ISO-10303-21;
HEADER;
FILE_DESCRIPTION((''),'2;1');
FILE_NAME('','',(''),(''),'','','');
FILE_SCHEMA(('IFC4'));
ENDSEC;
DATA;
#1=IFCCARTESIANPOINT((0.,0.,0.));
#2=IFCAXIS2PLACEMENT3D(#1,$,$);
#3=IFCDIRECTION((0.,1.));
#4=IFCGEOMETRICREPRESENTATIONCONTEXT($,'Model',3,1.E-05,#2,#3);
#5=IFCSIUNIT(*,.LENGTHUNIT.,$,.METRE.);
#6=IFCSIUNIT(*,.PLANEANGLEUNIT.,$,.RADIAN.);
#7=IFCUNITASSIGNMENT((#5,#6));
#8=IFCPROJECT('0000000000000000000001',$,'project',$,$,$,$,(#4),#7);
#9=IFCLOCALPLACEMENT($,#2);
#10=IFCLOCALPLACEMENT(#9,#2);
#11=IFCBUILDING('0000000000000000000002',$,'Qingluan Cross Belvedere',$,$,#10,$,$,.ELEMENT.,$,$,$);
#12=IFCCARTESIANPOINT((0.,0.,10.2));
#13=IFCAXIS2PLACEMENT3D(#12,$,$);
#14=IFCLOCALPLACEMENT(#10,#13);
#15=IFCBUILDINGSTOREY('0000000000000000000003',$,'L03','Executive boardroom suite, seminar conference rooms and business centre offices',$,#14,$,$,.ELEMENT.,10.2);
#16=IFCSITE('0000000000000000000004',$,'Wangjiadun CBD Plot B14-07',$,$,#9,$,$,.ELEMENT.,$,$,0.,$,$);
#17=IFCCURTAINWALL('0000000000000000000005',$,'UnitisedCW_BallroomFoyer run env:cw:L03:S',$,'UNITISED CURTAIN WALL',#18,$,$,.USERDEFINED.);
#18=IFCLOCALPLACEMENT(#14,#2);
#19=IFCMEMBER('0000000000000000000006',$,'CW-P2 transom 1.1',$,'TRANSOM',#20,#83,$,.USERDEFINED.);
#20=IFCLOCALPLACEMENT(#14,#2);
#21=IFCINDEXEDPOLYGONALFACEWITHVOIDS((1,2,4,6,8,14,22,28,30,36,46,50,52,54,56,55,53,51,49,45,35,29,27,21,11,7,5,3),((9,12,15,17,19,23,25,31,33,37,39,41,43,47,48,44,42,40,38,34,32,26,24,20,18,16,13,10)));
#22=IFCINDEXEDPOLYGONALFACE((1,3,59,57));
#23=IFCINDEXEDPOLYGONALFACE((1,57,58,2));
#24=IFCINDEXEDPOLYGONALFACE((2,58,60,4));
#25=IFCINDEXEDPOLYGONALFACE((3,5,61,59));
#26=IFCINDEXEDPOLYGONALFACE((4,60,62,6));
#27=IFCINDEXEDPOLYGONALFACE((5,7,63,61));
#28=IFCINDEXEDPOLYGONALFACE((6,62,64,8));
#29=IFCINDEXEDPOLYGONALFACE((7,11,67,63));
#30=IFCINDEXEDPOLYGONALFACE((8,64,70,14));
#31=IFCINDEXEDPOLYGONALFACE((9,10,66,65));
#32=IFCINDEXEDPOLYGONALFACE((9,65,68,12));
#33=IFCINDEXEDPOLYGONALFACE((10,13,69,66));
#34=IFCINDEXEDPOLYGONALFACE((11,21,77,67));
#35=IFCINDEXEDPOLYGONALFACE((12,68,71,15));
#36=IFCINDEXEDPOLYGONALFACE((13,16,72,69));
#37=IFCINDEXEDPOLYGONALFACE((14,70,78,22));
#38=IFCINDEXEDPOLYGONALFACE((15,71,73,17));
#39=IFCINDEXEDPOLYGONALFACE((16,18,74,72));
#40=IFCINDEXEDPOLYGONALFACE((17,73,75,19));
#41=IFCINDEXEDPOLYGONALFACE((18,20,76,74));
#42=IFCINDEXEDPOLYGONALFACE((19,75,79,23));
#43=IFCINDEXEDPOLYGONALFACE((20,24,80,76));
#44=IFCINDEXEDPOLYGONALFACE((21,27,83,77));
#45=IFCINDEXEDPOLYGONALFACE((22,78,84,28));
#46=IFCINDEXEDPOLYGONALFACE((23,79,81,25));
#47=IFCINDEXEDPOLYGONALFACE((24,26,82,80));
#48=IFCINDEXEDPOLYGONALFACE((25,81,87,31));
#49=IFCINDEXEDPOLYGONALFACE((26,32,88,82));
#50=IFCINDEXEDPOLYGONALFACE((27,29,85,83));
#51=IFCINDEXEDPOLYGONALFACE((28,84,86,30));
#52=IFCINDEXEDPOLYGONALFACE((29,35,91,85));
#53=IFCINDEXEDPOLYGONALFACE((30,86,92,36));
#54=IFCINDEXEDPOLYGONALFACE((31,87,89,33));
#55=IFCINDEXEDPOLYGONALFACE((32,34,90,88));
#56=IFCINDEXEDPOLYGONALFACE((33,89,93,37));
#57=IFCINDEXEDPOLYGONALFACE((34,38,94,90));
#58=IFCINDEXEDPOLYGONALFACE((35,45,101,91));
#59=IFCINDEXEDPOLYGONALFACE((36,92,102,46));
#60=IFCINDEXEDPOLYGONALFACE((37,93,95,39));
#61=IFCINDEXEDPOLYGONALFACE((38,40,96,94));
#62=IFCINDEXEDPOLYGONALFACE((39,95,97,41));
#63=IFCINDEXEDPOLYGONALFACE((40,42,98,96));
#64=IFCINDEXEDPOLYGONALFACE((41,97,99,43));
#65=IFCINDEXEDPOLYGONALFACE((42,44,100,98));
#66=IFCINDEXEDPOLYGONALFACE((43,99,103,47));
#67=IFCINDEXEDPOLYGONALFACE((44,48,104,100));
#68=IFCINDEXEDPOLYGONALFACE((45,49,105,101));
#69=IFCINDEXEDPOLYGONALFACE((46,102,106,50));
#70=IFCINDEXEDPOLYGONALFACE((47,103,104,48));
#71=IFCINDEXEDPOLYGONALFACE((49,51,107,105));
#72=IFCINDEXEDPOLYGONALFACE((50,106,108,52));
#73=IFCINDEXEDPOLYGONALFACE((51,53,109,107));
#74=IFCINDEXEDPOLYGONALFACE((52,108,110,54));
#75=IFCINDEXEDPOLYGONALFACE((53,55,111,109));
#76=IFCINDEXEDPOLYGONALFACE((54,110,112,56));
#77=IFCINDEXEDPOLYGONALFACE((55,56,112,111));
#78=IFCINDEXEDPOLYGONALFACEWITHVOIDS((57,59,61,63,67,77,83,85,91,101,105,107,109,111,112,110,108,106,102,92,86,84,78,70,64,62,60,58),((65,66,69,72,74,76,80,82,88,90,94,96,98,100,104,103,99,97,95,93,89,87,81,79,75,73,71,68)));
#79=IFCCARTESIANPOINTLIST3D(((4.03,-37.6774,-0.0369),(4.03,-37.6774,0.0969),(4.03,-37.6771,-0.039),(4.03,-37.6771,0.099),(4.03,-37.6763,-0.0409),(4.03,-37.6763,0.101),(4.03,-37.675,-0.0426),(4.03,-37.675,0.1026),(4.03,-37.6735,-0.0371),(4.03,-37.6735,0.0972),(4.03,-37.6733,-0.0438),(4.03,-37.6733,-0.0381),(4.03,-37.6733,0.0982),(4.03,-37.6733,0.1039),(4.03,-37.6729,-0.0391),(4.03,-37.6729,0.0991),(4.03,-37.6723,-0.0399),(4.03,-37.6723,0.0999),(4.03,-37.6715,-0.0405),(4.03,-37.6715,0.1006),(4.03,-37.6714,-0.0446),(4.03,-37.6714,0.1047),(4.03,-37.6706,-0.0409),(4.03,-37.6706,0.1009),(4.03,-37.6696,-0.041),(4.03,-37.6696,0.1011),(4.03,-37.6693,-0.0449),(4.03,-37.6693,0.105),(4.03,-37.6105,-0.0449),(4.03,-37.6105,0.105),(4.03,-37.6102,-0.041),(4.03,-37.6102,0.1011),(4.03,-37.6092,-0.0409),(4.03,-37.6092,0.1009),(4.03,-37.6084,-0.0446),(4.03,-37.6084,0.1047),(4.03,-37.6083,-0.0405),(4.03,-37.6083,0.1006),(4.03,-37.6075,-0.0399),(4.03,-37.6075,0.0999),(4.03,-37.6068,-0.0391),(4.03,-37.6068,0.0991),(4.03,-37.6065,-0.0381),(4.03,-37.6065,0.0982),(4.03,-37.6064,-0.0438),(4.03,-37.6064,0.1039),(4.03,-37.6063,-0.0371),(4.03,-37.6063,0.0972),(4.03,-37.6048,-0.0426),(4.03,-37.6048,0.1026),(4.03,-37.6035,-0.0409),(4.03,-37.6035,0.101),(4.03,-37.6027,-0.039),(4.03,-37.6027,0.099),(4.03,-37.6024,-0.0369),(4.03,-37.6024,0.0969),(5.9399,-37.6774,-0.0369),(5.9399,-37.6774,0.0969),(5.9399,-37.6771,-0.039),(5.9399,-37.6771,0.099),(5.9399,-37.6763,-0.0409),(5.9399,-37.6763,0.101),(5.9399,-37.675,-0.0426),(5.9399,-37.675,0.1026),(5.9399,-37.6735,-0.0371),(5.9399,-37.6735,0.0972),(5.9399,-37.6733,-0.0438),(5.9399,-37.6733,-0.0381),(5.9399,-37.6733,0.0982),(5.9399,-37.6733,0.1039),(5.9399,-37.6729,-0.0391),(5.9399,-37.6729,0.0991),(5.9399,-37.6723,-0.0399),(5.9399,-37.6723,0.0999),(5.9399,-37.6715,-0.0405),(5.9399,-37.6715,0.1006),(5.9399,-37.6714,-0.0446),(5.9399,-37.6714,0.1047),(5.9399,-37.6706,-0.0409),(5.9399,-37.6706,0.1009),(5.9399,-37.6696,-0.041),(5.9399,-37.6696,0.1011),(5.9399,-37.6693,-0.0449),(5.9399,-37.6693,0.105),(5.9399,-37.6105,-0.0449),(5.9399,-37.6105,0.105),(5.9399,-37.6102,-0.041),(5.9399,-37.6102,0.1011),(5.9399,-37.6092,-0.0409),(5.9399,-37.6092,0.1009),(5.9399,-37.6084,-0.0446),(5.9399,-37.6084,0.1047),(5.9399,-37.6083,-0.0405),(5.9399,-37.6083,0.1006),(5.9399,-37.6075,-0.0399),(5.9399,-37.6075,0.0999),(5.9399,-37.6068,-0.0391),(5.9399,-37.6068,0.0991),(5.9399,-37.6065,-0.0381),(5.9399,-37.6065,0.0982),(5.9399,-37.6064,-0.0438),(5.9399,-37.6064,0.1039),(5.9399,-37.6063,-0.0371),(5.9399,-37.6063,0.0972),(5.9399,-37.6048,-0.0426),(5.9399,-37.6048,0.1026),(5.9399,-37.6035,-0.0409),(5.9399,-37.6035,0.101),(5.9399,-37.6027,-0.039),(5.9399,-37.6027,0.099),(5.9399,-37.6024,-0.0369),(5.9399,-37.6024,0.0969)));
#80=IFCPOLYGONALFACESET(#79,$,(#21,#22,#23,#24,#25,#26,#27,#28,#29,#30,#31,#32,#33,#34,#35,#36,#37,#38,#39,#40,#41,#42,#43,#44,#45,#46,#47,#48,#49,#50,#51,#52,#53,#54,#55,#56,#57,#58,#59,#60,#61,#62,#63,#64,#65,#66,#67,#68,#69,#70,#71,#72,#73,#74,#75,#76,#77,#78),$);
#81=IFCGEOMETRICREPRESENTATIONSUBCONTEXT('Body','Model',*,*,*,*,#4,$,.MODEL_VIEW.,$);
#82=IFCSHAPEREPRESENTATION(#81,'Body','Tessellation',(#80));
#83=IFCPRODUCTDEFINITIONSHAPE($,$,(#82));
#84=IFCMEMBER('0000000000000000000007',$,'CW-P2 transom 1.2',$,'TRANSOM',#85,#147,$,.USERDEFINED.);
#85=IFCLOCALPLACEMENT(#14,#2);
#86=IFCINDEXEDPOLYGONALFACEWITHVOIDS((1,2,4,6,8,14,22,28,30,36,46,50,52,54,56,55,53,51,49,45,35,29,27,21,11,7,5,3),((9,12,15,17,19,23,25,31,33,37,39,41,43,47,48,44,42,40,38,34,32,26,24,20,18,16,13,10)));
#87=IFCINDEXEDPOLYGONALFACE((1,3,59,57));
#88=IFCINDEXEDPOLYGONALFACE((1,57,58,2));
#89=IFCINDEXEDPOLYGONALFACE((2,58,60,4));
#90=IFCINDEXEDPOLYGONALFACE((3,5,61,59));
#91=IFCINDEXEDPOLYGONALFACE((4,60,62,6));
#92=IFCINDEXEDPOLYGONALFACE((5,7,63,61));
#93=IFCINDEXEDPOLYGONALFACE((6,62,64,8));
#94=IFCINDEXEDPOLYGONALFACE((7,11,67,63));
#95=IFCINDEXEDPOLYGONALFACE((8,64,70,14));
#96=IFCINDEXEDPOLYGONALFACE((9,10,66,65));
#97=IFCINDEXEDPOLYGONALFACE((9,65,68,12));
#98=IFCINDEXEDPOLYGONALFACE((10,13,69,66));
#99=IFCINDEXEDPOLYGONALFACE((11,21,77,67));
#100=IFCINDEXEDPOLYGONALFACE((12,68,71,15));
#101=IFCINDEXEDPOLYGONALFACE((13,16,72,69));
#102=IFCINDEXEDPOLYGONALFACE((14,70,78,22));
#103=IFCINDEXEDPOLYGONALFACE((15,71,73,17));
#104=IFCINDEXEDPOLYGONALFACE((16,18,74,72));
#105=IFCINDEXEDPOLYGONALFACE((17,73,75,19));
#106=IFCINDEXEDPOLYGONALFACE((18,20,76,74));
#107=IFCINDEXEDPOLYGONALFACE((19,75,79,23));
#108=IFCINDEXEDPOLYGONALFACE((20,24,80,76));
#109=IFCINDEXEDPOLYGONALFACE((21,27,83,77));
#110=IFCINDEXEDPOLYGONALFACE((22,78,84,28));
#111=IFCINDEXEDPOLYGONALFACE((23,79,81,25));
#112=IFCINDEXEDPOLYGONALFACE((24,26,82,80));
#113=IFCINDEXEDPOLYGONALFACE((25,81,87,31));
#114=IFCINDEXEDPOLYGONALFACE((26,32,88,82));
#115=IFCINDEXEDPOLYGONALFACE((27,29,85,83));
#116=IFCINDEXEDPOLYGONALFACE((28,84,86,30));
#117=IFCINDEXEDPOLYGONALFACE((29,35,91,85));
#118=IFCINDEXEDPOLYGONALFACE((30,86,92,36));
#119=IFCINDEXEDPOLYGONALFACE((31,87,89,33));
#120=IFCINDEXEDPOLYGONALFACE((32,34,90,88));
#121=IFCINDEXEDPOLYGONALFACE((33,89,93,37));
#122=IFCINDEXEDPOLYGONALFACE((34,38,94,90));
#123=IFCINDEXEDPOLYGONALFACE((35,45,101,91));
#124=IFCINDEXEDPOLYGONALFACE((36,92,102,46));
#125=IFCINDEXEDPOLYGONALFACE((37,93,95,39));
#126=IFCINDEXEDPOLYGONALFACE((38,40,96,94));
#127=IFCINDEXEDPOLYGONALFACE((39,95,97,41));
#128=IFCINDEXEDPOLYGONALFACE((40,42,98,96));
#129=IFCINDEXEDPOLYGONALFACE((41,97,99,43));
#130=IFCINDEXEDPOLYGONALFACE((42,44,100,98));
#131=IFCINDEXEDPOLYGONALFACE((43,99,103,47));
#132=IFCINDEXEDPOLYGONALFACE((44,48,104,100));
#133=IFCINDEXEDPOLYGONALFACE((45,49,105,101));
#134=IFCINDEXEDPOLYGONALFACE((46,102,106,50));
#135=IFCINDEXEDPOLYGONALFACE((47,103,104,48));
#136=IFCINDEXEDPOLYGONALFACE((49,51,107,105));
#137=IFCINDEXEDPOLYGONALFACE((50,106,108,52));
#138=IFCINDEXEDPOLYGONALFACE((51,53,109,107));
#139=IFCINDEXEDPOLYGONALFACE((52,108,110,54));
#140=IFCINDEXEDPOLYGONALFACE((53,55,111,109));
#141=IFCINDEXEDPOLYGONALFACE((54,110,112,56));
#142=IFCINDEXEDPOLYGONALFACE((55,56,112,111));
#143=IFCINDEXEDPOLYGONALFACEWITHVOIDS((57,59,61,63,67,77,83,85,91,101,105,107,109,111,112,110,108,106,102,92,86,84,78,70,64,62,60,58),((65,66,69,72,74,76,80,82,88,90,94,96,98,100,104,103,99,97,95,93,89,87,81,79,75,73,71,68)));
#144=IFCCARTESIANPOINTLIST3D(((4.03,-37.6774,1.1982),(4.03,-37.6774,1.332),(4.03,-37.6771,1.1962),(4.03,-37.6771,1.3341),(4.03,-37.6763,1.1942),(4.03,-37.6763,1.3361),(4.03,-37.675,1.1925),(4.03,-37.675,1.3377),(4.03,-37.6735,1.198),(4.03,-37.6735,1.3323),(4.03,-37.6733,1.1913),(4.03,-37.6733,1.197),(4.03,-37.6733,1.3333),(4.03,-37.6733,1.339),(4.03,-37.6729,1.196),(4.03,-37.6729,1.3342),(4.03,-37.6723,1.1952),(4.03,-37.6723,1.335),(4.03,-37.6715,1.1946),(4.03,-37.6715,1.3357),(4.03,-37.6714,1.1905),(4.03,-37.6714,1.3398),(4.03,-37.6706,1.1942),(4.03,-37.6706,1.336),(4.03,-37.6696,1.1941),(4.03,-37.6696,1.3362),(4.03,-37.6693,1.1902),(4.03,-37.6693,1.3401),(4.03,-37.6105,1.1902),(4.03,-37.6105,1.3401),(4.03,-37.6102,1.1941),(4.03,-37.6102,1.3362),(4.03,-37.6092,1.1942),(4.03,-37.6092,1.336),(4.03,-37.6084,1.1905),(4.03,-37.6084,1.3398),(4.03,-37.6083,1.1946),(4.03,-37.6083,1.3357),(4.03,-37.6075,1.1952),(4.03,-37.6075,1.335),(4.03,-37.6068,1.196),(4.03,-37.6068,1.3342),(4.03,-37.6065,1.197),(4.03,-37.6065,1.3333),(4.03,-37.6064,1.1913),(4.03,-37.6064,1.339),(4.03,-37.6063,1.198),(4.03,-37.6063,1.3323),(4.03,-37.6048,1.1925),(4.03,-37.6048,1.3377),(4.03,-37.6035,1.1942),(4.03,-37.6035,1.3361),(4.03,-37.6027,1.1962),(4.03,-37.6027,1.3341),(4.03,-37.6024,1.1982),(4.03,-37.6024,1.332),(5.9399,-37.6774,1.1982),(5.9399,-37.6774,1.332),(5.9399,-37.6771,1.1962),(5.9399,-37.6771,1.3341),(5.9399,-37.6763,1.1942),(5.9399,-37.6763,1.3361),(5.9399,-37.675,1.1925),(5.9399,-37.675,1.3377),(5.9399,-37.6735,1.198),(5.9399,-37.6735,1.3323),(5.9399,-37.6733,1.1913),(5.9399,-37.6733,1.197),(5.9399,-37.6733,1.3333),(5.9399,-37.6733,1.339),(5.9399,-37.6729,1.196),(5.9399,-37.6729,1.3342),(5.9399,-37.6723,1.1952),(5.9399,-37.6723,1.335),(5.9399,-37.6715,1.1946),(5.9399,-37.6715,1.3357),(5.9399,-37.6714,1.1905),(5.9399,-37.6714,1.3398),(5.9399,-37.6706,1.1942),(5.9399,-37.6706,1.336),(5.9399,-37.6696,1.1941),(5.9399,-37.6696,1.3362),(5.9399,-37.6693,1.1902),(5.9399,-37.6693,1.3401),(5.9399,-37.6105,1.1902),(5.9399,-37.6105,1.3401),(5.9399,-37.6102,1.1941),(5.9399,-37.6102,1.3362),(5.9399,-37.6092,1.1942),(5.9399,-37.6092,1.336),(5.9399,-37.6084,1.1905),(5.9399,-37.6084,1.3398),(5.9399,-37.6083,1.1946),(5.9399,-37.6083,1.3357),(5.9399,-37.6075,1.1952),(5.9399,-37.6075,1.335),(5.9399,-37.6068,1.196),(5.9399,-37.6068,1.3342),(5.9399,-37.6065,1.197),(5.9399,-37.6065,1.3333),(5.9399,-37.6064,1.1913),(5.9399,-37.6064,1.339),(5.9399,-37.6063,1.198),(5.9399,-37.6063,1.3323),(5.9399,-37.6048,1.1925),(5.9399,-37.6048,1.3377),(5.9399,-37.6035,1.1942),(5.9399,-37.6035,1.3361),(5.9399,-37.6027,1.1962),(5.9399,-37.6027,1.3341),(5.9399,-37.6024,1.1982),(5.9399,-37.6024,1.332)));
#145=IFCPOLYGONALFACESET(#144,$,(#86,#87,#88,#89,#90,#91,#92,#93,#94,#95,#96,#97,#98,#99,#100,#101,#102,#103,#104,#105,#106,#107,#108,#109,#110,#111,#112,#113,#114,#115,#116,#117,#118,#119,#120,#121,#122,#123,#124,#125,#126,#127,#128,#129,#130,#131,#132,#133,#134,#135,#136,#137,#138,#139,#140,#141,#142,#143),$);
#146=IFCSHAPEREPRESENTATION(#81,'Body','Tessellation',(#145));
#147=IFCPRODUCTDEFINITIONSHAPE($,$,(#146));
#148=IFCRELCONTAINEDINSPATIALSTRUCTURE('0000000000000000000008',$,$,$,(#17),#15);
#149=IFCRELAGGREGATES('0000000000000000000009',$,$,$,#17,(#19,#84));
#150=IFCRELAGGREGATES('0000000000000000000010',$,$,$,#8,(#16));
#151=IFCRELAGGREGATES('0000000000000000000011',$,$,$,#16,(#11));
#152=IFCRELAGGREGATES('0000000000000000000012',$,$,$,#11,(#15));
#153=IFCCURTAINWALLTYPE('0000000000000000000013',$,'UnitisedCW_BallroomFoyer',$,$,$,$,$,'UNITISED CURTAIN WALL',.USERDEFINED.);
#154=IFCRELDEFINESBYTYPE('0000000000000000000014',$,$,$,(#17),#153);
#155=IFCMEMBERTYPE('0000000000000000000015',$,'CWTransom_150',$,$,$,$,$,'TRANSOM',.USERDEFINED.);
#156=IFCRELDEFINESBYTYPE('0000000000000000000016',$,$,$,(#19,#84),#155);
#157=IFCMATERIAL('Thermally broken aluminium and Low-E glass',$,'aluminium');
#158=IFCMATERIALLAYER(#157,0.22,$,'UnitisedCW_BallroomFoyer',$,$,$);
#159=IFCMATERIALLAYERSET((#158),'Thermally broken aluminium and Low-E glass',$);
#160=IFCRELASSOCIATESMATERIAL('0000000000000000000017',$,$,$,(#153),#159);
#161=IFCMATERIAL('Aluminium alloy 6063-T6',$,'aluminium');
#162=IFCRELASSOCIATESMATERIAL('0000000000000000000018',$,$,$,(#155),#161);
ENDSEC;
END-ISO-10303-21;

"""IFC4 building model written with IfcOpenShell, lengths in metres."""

from ifc_helpers import new_model, si_unit, direction, frame, origin, origin_2d, place, context, subcontext, project, spatial, hollow_rectangle, extrude, material, layer, layer_set, material_profile, profile_set, type_object, element, aggregate, save


model = new_model("IFC4")

# Units and contexts
model_context = context("Model", 3, precision=1e-05, world=origin(), true_north=direction((0.0, 1.0)))
body_context = subcontext(model_context, "Body", "Model", "MODEL_VIEW")
ifc_project = project(units=[si_unit("LENGTHUNIT", "METRE"), si_unit("PLANEANGLEUNIT", "RADIAN")], contexts=[model_context])

# Site, building, storey
site_placement = place(None, origin())
site = spatial("IfcSite", under=ifc_project, at=site_placement, Name="Wangjiadun CBD Plot B14-07", CompositionType="ELEMENT", RefElevation=0.0)
building_placement = place(site_placement, origin())
building = spatial("IfcBuilding", under=site, at=building_placement, Name="Qingluan Cross Belvedere", CompositionType="ELEMENT")
storey_placement = place(building_placement, frame((0.0, 0.0, 10.2)))
storey = spatial("IfcBuildingStorey", under=building, at=storey_placement, Name="L03", Description="Executive boardroom suite, seminar conference rooms and business centre offices", CompositionType="ELEMENT", Elevation=10.2)

# Curtain wall, members
ifc_material_1 = material(Name="Thermally broken aluminium and Low-E glass", Category="aluminium")
ifc_layer_1 = layer(ifc_material_1, 0.22, Name="UnitisedCW_BallroomFoyer")
ifc_layer_set_1 = layer_set([ifc_layer_1], Name="Thermally broken aluminium and Low-E glass")
curtain_wall_type = type_object("IfcCurtainWallType", Name="UnitisedCW_BallroomFoyer", ElementType="UNITISED CURTAIN WALL", PredefinedType="USERDEFINED", material=ifc_layer_set_1)
curtain_wall_placement = place(storey_placement, origin())
curtain_wall = element("IfcCurtainWall", 1, at=curtain_wall_placement, inside=storey, type_object=curtain_wall_type, Name="UnitisedCW_BallroomFoyer run env:cw:L03:S", ObjectType="UNITISED CURTAIN WALL", PredefinedType="USERDEFINED")
ifc_material_2 = material(Name="Aluminium alloy 6063-T6", Category="aluminium")
ifc_material_profile_1 = material_profile(ifc_material_2, hollow_rectangle(XDim=0.075, YDim=0.1499, WallThickness=0.0039, InnerFilletRadius=0.0039, OuterFilletRadius=0.0081, at=origin_2d()), Name="CWT150x75x4")
ifc_profile_set_1 = profile_set([ifc_material_profile_1], Name="Aluminium alloy 6063-T6")
member_type_1 = type_object("IfcMemberType", Name="CWTransom_150", ElementType="TRANSOM", PredefinedType="USERDEFINED", material=ifc_profile_set_1)
member_1_placement = place(storey_placement, frame((5.9399, -37.6399, 0.03), z_axis=(-1.0, 0.0, 0.0), x_axis=(0.0, -1.0, 0.0)))
member_1 = element("IfcMember", 2, at=member_1_placement, type_object=member_type_1, Name="CW-P2 transom 1.1", ObjectType="TRANSOM", PredefinedType="USERDEFINED", context=body_context, shape_type="SweptSolid", body=[
    extrude(hollow_rectangle(XDim=0.075, YDim=0.1499, WallThickness=0.0039, InnerFilletRadius=0.0039, OuterFilletRadius=0.0081, at=origin_2d()), origin(), (0.0, 0.0, 1.0), 1.9099),
])
member_2_placement = place(storey_placement, frame((5.9399, -37.6399, 1.2651), z_axis=(-1.0, 0.0, 0.0), x_axis=(0.0, -1.0, 0.0)))
member_2 = element("IfcMember", 3, at=member_2_placement, type_object=member_type_1, Name="CW-P2 transom 1.2", ObjectType="TRANSOM", PredefinedType="USERDEFINED", context=body_context, shape_type="SweptSolid", body=[
    extrude(hollow_rectangle(XDim=0.075, YDim=0.1499, WallThickness=0.0039, InnerFilletRadius=0.0039, OuterFilletRadius=0.0081, at=origin_2d()), origin(), (0.0, 0.0, 1.0), 1.9099),
])
aggregate(curtain_wall, [member_1, member_2])

save(model, "model.ifc")
